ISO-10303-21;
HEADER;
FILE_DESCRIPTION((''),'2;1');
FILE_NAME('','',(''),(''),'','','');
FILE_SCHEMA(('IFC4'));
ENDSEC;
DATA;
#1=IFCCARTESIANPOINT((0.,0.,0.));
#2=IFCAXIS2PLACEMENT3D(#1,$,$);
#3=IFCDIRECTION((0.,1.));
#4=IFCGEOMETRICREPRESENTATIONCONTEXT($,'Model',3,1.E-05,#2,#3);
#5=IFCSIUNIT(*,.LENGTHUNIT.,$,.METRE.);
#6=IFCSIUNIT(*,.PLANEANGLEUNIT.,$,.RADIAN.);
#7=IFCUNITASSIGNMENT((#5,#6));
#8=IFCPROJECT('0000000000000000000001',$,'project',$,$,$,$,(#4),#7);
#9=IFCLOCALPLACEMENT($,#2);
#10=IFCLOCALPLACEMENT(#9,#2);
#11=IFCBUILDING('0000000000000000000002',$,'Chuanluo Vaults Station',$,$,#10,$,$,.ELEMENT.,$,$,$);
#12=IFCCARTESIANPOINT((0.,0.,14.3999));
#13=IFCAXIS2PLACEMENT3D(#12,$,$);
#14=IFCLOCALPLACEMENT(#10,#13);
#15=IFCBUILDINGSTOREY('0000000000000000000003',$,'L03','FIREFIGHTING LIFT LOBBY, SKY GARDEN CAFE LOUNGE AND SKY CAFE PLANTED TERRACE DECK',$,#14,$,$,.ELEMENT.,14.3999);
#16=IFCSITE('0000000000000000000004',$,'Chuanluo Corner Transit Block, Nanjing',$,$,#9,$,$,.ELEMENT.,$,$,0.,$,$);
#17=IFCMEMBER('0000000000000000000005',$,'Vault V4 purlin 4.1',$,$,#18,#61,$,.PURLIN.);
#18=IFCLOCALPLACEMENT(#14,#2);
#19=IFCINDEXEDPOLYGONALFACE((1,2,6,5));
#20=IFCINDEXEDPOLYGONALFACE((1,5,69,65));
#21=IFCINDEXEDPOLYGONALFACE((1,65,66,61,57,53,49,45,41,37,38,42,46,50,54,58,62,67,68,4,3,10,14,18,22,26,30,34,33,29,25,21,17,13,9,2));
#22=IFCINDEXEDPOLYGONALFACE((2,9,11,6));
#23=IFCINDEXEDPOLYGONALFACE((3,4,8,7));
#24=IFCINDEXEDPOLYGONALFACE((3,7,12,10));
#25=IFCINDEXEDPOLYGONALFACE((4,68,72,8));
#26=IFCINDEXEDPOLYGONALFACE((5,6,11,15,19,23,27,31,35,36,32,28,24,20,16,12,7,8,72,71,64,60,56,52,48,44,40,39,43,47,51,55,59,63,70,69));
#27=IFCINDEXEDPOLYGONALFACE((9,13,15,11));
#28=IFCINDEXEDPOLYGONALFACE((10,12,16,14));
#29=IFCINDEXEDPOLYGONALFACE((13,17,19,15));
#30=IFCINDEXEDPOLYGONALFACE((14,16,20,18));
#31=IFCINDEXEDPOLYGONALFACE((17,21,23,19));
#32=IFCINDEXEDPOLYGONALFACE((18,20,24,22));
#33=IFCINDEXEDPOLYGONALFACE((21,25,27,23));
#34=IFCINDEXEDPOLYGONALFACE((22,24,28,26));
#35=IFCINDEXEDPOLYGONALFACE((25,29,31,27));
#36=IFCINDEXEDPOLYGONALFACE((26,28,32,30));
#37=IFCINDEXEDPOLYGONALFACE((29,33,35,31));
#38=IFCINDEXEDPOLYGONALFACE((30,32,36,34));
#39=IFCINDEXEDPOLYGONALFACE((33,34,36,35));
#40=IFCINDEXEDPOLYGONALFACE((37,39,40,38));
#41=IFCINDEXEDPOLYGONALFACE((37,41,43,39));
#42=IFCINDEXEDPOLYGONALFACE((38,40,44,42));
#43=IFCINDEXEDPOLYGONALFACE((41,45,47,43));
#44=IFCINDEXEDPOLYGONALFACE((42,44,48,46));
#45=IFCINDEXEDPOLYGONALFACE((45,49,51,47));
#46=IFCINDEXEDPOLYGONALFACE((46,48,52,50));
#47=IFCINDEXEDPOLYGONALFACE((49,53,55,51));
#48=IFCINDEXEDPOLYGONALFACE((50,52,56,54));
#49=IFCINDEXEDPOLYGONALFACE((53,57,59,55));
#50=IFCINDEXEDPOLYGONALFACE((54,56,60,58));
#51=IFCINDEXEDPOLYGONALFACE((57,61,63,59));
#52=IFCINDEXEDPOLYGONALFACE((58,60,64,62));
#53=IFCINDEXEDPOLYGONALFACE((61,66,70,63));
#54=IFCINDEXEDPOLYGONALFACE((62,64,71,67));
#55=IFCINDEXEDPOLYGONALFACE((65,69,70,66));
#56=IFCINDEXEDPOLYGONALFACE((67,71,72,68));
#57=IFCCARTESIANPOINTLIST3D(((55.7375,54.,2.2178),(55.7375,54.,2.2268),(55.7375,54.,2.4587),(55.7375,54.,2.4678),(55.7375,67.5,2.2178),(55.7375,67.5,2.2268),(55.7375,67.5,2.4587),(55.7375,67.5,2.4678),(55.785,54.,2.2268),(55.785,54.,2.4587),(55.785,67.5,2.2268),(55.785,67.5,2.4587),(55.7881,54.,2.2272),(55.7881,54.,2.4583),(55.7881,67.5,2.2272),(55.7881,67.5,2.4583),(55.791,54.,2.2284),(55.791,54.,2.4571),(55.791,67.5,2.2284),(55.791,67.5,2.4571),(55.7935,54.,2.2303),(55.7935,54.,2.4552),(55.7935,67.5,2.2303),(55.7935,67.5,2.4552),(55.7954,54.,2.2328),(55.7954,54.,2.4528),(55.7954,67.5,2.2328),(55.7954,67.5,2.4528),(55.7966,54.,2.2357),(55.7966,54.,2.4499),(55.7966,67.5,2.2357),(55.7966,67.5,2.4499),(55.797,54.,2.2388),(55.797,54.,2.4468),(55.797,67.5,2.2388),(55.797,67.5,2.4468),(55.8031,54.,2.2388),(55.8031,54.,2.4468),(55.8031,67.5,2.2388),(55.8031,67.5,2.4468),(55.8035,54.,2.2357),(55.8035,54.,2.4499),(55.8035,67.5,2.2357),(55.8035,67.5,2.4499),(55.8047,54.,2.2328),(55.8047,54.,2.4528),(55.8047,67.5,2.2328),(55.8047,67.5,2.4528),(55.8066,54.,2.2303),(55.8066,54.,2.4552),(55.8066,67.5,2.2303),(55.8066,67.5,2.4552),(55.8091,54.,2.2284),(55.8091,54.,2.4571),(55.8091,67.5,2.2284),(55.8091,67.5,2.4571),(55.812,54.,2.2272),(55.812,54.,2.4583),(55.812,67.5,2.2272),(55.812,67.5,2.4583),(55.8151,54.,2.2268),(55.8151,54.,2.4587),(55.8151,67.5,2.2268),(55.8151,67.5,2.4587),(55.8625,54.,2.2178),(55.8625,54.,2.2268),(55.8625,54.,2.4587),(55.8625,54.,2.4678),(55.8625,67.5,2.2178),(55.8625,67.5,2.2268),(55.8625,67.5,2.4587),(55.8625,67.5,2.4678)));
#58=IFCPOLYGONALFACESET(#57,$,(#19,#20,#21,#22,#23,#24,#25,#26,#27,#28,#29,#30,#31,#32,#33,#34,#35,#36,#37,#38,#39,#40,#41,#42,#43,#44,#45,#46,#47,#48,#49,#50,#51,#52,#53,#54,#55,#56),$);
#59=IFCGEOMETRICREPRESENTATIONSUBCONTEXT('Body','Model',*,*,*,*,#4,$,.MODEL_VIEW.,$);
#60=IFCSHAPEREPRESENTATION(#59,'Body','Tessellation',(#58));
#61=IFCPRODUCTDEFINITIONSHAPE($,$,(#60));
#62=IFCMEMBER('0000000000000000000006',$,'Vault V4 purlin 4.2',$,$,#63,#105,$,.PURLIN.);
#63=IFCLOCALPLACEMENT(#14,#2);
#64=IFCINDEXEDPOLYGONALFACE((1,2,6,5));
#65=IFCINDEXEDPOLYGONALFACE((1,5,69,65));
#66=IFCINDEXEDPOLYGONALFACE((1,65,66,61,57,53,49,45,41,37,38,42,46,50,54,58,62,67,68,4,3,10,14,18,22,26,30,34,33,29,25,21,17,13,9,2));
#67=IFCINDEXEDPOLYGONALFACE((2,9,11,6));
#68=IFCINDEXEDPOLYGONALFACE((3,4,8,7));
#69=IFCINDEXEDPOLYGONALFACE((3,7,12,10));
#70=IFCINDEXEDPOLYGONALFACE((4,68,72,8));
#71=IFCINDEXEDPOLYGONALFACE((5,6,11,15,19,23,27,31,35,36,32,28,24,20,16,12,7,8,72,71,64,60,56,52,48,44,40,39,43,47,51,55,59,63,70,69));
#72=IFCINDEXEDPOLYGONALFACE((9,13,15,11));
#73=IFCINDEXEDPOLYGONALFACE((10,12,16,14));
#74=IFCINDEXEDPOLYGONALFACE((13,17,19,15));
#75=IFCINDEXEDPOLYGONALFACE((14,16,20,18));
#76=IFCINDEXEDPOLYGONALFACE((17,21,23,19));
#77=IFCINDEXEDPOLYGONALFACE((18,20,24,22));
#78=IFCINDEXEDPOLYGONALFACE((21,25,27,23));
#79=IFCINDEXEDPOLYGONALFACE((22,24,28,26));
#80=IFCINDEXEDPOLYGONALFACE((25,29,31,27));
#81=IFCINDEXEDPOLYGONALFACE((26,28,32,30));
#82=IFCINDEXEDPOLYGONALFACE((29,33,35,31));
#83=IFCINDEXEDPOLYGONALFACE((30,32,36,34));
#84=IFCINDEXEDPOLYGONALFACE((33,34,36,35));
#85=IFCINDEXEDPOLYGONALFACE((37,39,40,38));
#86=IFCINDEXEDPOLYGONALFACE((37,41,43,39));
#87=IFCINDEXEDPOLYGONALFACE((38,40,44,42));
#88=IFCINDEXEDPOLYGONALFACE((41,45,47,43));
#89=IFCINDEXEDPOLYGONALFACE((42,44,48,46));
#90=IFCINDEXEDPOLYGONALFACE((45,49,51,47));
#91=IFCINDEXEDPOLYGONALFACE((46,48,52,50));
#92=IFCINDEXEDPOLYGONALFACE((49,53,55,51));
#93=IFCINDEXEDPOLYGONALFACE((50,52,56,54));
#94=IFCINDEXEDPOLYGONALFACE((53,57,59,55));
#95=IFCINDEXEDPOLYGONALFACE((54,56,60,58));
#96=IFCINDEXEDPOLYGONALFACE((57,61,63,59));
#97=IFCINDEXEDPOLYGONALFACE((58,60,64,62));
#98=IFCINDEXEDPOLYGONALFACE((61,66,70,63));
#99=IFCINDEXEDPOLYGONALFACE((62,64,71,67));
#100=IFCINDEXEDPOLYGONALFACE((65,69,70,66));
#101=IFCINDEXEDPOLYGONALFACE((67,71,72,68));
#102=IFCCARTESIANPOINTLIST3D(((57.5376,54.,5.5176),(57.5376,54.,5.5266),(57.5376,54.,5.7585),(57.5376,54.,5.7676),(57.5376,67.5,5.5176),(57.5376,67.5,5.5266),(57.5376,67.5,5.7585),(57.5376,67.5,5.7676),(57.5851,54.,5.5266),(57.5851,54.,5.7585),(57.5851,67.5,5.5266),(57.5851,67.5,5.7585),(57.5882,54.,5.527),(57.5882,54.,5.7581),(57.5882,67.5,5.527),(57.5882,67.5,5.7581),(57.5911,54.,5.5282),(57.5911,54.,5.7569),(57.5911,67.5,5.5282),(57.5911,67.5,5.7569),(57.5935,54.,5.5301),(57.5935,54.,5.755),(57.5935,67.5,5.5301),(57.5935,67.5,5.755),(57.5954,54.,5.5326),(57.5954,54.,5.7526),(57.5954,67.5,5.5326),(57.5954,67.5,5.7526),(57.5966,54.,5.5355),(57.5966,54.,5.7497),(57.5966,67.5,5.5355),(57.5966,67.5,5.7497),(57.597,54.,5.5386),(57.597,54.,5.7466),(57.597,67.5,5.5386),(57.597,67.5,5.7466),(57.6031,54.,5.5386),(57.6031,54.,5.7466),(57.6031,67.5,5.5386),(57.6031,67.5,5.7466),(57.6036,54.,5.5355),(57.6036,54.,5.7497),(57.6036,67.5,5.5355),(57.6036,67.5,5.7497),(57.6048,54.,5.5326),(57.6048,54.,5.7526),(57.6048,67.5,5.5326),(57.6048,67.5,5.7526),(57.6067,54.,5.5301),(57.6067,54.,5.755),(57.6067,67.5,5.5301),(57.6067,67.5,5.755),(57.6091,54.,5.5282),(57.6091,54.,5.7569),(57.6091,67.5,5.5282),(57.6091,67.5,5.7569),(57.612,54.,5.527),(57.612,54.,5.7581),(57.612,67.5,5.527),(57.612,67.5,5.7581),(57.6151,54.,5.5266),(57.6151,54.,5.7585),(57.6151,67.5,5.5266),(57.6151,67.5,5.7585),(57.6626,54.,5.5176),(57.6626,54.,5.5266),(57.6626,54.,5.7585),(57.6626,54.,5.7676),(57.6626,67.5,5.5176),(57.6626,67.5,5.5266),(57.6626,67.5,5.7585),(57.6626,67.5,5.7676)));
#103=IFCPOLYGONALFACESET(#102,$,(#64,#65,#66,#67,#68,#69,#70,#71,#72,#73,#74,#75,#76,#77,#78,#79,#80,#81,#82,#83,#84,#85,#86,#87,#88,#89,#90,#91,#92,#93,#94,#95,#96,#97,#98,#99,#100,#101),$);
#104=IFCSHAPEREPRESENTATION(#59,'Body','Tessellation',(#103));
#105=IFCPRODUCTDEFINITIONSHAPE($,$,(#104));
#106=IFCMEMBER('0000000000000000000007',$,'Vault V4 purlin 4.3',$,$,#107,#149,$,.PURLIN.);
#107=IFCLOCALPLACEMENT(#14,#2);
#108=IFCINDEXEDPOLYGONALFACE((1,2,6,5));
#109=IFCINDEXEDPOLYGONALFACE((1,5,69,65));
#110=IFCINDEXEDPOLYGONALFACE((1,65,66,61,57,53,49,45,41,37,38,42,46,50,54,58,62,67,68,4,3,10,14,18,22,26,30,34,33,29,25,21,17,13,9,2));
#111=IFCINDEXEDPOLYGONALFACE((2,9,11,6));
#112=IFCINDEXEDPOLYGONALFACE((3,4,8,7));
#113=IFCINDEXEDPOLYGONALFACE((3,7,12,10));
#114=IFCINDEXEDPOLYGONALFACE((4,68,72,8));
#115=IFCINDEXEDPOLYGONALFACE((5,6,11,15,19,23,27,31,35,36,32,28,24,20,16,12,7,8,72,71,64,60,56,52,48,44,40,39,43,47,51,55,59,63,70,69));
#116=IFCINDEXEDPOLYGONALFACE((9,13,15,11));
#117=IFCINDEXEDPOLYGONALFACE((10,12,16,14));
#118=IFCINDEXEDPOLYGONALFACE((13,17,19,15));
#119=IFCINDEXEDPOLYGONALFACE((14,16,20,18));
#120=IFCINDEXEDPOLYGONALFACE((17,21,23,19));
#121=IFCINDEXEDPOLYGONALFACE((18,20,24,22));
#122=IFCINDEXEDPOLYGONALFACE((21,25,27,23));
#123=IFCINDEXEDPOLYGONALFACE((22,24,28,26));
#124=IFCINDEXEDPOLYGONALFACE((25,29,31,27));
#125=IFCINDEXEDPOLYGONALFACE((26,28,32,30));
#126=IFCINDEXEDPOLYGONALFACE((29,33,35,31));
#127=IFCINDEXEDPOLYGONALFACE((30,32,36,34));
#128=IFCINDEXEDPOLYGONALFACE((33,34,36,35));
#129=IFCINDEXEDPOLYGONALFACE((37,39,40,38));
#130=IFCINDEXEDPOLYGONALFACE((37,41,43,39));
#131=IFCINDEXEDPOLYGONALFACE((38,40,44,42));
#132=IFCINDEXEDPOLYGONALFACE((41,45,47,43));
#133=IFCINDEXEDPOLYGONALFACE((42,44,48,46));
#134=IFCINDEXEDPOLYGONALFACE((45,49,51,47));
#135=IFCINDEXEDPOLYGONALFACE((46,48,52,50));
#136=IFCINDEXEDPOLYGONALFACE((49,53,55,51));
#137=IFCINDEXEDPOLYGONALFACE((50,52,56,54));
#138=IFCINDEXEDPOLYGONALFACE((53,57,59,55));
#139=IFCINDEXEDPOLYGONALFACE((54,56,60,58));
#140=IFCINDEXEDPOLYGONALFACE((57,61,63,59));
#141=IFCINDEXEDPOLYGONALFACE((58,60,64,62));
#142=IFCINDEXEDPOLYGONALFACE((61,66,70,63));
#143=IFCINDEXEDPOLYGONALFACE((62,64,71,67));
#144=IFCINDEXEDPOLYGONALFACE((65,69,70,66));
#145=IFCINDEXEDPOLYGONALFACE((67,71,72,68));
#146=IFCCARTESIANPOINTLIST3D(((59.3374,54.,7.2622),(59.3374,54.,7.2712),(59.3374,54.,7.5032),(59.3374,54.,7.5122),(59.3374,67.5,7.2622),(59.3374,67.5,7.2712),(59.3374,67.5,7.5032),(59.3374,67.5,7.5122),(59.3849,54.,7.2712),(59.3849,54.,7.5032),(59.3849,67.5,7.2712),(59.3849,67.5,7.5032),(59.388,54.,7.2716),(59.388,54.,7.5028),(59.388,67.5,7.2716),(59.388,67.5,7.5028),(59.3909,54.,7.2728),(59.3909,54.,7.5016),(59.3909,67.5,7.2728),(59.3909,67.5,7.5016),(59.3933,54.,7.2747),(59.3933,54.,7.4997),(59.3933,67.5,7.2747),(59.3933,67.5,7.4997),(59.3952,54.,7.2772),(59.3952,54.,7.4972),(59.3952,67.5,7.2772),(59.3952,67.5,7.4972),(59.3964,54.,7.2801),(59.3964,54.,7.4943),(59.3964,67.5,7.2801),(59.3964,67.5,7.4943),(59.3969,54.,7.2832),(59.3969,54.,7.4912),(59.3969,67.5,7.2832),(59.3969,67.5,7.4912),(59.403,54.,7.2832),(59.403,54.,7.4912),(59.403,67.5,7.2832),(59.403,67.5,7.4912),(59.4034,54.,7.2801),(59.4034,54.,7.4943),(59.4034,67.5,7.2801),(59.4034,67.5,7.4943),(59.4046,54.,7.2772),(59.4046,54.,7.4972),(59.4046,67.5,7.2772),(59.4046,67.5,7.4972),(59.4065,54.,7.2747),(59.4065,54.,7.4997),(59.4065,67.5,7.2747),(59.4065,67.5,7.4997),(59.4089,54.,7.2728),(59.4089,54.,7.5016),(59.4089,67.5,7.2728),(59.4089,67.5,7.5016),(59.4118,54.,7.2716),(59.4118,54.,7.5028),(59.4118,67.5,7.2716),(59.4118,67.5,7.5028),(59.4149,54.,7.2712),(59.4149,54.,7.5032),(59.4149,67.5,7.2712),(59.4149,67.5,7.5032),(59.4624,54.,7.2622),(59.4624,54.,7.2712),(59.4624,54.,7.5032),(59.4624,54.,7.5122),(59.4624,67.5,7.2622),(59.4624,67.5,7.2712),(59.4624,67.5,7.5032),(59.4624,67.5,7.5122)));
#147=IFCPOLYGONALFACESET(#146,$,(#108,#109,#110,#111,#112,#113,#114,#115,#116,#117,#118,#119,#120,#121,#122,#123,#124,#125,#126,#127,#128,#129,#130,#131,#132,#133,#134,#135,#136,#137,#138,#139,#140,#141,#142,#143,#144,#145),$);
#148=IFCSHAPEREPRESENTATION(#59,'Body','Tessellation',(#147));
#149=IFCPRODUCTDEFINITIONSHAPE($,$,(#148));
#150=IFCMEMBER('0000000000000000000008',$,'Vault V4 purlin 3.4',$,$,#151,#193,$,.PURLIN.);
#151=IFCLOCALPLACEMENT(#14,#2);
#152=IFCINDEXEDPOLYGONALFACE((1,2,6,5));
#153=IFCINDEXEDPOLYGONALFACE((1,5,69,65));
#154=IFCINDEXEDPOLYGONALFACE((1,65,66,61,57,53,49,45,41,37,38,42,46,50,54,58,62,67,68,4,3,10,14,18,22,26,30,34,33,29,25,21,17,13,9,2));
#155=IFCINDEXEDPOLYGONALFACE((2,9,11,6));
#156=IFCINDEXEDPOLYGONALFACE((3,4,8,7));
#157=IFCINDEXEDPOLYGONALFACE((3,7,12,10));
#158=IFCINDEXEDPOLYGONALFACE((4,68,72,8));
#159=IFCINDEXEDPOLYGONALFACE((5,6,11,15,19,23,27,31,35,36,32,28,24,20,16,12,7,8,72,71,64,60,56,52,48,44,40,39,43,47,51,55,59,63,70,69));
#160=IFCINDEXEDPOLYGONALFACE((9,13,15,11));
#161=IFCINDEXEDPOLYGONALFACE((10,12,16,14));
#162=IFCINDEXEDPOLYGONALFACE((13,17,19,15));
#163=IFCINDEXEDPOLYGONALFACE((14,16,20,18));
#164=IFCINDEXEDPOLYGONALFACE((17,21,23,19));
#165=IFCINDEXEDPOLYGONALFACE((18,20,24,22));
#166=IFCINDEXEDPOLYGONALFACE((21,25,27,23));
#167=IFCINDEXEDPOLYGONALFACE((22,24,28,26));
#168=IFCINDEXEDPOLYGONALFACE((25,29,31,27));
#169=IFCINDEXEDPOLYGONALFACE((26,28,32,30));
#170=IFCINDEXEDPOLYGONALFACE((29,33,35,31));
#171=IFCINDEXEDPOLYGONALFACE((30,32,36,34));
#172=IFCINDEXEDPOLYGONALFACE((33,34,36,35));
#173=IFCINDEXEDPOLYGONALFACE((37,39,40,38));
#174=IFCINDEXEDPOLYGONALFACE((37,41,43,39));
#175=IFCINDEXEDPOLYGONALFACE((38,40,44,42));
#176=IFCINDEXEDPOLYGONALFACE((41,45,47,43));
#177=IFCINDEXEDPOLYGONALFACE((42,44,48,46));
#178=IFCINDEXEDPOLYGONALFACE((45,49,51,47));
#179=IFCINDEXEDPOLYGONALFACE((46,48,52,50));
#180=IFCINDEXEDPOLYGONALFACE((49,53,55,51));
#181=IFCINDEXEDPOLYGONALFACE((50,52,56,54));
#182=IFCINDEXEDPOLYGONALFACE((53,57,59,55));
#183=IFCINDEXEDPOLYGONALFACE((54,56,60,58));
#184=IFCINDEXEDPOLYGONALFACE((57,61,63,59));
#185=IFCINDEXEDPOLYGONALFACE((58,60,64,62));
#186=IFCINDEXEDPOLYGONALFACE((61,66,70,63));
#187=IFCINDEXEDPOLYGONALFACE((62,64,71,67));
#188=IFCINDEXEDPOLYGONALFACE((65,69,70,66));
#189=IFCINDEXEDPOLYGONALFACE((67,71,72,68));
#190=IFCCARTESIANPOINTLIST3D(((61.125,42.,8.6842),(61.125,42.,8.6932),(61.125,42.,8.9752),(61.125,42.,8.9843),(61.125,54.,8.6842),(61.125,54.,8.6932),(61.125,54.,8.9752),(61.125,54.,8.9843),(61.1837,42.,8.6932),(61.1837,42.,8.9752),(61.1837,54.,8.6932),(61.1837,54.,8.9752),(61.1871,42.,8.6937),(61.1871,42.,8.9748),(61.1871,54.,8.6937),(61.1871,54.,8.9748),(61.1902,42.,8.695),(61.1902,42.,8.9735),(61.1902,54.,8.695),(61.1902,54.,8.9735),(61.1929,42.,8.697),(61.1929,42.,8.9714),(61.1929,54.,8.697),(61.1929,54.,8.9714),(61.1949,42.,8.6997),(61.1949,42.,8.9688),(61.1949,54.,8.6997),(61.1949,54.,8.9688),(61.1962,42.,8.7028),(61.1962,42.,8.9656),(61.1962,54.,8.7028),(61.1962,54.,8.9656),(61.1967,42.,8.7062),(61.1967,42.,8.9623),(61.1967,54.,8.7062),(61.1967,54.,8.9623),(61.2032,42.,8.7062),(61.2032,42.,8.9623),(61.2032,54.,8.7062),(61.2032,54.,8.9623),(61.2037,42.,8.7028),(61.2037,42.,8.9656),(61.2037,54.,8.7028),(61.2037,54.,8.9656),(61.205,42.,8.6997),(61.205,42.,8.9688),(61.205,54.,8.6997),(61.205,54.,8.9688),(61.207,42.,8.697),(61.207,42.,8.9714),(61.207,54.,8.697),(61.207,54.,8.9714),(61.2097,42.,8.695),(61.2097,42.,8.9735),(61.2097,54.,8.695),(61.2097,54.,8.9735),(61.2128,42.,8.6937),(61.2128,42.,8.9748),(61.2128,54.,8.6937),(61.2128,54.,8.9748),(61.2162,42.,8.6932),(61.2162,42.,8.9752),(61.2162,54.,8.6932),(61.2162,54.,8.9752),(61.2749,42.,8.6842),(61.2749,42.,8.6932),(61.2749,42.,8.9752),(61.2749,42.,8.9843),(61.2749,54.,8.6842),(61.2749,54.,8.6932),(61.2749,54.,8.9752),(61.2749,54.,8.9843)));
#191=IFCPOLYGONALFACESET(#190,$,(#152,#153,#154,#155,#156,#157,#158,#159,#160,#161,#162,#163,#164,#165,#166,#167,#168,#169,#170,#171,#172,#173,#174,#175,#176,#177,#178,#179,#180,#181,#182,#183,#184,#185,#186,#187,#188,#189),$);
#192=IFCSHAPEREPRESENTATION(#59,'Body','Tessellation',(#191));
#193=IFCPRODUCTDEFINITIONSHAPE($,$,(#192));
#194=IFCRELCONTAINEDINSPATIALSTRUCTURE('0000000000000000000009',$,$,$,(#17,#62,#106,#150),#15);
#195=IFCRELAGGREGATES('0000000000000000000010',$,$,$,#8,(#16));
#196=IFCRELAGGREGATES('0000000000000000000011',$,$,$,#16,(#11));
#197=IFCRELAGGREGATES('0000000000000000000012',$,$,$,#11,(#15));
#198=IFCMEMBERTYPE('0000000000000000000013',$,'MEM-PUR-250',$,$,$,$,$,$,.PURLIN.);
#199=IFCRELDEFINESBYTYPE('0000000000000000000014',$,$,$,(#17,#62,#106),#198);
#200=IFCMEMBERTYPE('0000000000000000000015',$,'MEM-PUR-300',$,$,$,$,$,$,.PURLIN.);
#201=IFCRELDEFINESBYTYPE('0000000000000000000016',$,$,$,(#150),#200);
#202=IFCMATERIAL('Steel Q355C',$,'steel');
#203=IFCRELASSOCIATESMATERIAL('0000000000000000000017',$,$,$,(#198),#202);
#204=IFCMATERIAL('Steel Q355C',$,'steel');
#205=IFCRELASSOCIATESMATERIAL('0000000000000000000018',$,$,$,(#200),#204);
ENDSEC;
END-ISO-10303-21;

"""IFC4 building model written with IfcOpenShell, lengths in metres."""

from ifc_helpers import new_model, si_unit, direction, frame, origin, origin_2d, place, context, subcontext, project, spatial, i_section, extrude, material, material_profile, profile_set, type_object, element, save


model = new_model("IFC4")

# Units and contexts
model_context = context("Model", 3, precision=1e-05, world=origin(), true_north=direction((0.0, 1.0)))
body_context = subcontext(model_context, "Body", "Model", "MODEL_VIEW")
ifc_project = project(units=[si_unit("LENGTHUNIT", "METRE"), si_unit("PLANEANGLEUNIT", "RADIAN")], contexts=[model_context])

# Site, building, storey
site_placement = place(None, origin())
site = spatial("IfcSite", under=ifc_project, at=site_placement, Name="Chuanluo Corner Transit Block, Nanjing", CompositionType="ELEMENT", RefElevation=0.0)
building_placement = place(site_placement, origin())
building = spatial("IfcBuilding", under=site, at=building_placement, Name="Chuanluo Vaults Station", CompositionType="ELEMENT")
storey_placement = place(building_placement, frame((0.0, 0.0, 14.3999)))
storey = spatial("IfcBuildingStorey", under=building, at=storey_placement, Name="L03", Description="FIREFIGHTING LIFT LOBBY, SKY GARDEN CAFE LOUNGE AND SKY CAFE PLANTED TERRACE DECK", CompositionType="ELEMENT", Elevation=14.3999)

# Members
ifc_material_1 = material(Name="Steel Q355C", Category="steel")
ifc_material_profile_1 = material_profile(ifc_material_1, i_section(OverallWidth=0.125, OverallDepth=0.25, WebThickness=0.0061, FlangeThickness=0.009, FilletRadius=0.012, at=origin_2d()))
ifc_profile_set_1 = profile_set([ifc_material_profile_1], Name="Steel Q355C")
member_type_1 = type_object("IfcMemberType", Name="MEM-PUR-250", PredefinedType="PURLIN", material=ifc_profile_set_1)
for number, where, z_axis, x_axis, name in (
    (1, (55.8, 54.0, 2.3428), (0.0, 1.0, 0.0), (-1.0, 0.0, 0.0), "Vault V4 purlin 4.1"),
    (2, (57.6001, 54.0, 5.6426), (0.0, 1.0, 0.0), (-1.0, 0.0, 0.0), "Vault V4 purlin 4.2"),
    (3, (59.3999, 54.0, 7.3872), (0.0, 1.0, 0.0), (-1.0, 0.0, 0.0), "Vault V4 purlin 4.3"),
):
    element("IfcMember", number, at=place(storey_placement, frame(where, z_axis=z_axis, x_axis=x_axis)), inside=storey, type_object=member_type_1, Name=name, PredefinedType="PURLIN", context=body_context, shape_type="SweptSolid", body=[
        extrude(i_section(OverallWidth=0.125, OverallDepth=0.25, WebThickness=0.0061, FlangeThickness=0.009, FilletRadius=0.012, at=origin_2d()), origin(), (0.0, 0.0, 1.0), 13.5),
    ])
ifc_material_2 = material(Name="Steel Q355C", Category="steel")
ifc_material_profile_2 = material_profile(ifc_material_2, i_section(OverallWidth=0.1499, OverallDepth=0.3, WebThickness=0.0066, FlangeThickness=0.009, FilletRadius=0.0129, at=origin_2d()))
ifc_profile_set_2 = profile_set([ifc_material_profile_2], Name="Steel Q355C")
member_type_2 = type_object("IfcMemberType", Name="MEM-PUR-300", PredefinedType="PURLIN", material=ifc_profile_set_2)
member_1_placement = place(storey_placement, frame((61.2, 42.0, 8.8342), z_axis=(0.0, 1.0, 0.0), x_axis=(-1.0, 0.0, 0.0)))
element("IfcMember", 4, at=member_1_placement, inside=storey, type_object=member_type_2, Name="Vault V4 purlin 3.4", PredefinedType="PURLIN", context=body_context, shape_type="SweptSolid", body=[
    extrude(i_section(OverallWidth=0.1499, OverallDepth=0.3, WebThickness=0.0066, FlangeThickness=0.009, FilletRadius=0.0129, at=origin_2d()), origin(), (0.0, 0.0, 1.0), 12.0),
])

save(model, "model.ifc")
